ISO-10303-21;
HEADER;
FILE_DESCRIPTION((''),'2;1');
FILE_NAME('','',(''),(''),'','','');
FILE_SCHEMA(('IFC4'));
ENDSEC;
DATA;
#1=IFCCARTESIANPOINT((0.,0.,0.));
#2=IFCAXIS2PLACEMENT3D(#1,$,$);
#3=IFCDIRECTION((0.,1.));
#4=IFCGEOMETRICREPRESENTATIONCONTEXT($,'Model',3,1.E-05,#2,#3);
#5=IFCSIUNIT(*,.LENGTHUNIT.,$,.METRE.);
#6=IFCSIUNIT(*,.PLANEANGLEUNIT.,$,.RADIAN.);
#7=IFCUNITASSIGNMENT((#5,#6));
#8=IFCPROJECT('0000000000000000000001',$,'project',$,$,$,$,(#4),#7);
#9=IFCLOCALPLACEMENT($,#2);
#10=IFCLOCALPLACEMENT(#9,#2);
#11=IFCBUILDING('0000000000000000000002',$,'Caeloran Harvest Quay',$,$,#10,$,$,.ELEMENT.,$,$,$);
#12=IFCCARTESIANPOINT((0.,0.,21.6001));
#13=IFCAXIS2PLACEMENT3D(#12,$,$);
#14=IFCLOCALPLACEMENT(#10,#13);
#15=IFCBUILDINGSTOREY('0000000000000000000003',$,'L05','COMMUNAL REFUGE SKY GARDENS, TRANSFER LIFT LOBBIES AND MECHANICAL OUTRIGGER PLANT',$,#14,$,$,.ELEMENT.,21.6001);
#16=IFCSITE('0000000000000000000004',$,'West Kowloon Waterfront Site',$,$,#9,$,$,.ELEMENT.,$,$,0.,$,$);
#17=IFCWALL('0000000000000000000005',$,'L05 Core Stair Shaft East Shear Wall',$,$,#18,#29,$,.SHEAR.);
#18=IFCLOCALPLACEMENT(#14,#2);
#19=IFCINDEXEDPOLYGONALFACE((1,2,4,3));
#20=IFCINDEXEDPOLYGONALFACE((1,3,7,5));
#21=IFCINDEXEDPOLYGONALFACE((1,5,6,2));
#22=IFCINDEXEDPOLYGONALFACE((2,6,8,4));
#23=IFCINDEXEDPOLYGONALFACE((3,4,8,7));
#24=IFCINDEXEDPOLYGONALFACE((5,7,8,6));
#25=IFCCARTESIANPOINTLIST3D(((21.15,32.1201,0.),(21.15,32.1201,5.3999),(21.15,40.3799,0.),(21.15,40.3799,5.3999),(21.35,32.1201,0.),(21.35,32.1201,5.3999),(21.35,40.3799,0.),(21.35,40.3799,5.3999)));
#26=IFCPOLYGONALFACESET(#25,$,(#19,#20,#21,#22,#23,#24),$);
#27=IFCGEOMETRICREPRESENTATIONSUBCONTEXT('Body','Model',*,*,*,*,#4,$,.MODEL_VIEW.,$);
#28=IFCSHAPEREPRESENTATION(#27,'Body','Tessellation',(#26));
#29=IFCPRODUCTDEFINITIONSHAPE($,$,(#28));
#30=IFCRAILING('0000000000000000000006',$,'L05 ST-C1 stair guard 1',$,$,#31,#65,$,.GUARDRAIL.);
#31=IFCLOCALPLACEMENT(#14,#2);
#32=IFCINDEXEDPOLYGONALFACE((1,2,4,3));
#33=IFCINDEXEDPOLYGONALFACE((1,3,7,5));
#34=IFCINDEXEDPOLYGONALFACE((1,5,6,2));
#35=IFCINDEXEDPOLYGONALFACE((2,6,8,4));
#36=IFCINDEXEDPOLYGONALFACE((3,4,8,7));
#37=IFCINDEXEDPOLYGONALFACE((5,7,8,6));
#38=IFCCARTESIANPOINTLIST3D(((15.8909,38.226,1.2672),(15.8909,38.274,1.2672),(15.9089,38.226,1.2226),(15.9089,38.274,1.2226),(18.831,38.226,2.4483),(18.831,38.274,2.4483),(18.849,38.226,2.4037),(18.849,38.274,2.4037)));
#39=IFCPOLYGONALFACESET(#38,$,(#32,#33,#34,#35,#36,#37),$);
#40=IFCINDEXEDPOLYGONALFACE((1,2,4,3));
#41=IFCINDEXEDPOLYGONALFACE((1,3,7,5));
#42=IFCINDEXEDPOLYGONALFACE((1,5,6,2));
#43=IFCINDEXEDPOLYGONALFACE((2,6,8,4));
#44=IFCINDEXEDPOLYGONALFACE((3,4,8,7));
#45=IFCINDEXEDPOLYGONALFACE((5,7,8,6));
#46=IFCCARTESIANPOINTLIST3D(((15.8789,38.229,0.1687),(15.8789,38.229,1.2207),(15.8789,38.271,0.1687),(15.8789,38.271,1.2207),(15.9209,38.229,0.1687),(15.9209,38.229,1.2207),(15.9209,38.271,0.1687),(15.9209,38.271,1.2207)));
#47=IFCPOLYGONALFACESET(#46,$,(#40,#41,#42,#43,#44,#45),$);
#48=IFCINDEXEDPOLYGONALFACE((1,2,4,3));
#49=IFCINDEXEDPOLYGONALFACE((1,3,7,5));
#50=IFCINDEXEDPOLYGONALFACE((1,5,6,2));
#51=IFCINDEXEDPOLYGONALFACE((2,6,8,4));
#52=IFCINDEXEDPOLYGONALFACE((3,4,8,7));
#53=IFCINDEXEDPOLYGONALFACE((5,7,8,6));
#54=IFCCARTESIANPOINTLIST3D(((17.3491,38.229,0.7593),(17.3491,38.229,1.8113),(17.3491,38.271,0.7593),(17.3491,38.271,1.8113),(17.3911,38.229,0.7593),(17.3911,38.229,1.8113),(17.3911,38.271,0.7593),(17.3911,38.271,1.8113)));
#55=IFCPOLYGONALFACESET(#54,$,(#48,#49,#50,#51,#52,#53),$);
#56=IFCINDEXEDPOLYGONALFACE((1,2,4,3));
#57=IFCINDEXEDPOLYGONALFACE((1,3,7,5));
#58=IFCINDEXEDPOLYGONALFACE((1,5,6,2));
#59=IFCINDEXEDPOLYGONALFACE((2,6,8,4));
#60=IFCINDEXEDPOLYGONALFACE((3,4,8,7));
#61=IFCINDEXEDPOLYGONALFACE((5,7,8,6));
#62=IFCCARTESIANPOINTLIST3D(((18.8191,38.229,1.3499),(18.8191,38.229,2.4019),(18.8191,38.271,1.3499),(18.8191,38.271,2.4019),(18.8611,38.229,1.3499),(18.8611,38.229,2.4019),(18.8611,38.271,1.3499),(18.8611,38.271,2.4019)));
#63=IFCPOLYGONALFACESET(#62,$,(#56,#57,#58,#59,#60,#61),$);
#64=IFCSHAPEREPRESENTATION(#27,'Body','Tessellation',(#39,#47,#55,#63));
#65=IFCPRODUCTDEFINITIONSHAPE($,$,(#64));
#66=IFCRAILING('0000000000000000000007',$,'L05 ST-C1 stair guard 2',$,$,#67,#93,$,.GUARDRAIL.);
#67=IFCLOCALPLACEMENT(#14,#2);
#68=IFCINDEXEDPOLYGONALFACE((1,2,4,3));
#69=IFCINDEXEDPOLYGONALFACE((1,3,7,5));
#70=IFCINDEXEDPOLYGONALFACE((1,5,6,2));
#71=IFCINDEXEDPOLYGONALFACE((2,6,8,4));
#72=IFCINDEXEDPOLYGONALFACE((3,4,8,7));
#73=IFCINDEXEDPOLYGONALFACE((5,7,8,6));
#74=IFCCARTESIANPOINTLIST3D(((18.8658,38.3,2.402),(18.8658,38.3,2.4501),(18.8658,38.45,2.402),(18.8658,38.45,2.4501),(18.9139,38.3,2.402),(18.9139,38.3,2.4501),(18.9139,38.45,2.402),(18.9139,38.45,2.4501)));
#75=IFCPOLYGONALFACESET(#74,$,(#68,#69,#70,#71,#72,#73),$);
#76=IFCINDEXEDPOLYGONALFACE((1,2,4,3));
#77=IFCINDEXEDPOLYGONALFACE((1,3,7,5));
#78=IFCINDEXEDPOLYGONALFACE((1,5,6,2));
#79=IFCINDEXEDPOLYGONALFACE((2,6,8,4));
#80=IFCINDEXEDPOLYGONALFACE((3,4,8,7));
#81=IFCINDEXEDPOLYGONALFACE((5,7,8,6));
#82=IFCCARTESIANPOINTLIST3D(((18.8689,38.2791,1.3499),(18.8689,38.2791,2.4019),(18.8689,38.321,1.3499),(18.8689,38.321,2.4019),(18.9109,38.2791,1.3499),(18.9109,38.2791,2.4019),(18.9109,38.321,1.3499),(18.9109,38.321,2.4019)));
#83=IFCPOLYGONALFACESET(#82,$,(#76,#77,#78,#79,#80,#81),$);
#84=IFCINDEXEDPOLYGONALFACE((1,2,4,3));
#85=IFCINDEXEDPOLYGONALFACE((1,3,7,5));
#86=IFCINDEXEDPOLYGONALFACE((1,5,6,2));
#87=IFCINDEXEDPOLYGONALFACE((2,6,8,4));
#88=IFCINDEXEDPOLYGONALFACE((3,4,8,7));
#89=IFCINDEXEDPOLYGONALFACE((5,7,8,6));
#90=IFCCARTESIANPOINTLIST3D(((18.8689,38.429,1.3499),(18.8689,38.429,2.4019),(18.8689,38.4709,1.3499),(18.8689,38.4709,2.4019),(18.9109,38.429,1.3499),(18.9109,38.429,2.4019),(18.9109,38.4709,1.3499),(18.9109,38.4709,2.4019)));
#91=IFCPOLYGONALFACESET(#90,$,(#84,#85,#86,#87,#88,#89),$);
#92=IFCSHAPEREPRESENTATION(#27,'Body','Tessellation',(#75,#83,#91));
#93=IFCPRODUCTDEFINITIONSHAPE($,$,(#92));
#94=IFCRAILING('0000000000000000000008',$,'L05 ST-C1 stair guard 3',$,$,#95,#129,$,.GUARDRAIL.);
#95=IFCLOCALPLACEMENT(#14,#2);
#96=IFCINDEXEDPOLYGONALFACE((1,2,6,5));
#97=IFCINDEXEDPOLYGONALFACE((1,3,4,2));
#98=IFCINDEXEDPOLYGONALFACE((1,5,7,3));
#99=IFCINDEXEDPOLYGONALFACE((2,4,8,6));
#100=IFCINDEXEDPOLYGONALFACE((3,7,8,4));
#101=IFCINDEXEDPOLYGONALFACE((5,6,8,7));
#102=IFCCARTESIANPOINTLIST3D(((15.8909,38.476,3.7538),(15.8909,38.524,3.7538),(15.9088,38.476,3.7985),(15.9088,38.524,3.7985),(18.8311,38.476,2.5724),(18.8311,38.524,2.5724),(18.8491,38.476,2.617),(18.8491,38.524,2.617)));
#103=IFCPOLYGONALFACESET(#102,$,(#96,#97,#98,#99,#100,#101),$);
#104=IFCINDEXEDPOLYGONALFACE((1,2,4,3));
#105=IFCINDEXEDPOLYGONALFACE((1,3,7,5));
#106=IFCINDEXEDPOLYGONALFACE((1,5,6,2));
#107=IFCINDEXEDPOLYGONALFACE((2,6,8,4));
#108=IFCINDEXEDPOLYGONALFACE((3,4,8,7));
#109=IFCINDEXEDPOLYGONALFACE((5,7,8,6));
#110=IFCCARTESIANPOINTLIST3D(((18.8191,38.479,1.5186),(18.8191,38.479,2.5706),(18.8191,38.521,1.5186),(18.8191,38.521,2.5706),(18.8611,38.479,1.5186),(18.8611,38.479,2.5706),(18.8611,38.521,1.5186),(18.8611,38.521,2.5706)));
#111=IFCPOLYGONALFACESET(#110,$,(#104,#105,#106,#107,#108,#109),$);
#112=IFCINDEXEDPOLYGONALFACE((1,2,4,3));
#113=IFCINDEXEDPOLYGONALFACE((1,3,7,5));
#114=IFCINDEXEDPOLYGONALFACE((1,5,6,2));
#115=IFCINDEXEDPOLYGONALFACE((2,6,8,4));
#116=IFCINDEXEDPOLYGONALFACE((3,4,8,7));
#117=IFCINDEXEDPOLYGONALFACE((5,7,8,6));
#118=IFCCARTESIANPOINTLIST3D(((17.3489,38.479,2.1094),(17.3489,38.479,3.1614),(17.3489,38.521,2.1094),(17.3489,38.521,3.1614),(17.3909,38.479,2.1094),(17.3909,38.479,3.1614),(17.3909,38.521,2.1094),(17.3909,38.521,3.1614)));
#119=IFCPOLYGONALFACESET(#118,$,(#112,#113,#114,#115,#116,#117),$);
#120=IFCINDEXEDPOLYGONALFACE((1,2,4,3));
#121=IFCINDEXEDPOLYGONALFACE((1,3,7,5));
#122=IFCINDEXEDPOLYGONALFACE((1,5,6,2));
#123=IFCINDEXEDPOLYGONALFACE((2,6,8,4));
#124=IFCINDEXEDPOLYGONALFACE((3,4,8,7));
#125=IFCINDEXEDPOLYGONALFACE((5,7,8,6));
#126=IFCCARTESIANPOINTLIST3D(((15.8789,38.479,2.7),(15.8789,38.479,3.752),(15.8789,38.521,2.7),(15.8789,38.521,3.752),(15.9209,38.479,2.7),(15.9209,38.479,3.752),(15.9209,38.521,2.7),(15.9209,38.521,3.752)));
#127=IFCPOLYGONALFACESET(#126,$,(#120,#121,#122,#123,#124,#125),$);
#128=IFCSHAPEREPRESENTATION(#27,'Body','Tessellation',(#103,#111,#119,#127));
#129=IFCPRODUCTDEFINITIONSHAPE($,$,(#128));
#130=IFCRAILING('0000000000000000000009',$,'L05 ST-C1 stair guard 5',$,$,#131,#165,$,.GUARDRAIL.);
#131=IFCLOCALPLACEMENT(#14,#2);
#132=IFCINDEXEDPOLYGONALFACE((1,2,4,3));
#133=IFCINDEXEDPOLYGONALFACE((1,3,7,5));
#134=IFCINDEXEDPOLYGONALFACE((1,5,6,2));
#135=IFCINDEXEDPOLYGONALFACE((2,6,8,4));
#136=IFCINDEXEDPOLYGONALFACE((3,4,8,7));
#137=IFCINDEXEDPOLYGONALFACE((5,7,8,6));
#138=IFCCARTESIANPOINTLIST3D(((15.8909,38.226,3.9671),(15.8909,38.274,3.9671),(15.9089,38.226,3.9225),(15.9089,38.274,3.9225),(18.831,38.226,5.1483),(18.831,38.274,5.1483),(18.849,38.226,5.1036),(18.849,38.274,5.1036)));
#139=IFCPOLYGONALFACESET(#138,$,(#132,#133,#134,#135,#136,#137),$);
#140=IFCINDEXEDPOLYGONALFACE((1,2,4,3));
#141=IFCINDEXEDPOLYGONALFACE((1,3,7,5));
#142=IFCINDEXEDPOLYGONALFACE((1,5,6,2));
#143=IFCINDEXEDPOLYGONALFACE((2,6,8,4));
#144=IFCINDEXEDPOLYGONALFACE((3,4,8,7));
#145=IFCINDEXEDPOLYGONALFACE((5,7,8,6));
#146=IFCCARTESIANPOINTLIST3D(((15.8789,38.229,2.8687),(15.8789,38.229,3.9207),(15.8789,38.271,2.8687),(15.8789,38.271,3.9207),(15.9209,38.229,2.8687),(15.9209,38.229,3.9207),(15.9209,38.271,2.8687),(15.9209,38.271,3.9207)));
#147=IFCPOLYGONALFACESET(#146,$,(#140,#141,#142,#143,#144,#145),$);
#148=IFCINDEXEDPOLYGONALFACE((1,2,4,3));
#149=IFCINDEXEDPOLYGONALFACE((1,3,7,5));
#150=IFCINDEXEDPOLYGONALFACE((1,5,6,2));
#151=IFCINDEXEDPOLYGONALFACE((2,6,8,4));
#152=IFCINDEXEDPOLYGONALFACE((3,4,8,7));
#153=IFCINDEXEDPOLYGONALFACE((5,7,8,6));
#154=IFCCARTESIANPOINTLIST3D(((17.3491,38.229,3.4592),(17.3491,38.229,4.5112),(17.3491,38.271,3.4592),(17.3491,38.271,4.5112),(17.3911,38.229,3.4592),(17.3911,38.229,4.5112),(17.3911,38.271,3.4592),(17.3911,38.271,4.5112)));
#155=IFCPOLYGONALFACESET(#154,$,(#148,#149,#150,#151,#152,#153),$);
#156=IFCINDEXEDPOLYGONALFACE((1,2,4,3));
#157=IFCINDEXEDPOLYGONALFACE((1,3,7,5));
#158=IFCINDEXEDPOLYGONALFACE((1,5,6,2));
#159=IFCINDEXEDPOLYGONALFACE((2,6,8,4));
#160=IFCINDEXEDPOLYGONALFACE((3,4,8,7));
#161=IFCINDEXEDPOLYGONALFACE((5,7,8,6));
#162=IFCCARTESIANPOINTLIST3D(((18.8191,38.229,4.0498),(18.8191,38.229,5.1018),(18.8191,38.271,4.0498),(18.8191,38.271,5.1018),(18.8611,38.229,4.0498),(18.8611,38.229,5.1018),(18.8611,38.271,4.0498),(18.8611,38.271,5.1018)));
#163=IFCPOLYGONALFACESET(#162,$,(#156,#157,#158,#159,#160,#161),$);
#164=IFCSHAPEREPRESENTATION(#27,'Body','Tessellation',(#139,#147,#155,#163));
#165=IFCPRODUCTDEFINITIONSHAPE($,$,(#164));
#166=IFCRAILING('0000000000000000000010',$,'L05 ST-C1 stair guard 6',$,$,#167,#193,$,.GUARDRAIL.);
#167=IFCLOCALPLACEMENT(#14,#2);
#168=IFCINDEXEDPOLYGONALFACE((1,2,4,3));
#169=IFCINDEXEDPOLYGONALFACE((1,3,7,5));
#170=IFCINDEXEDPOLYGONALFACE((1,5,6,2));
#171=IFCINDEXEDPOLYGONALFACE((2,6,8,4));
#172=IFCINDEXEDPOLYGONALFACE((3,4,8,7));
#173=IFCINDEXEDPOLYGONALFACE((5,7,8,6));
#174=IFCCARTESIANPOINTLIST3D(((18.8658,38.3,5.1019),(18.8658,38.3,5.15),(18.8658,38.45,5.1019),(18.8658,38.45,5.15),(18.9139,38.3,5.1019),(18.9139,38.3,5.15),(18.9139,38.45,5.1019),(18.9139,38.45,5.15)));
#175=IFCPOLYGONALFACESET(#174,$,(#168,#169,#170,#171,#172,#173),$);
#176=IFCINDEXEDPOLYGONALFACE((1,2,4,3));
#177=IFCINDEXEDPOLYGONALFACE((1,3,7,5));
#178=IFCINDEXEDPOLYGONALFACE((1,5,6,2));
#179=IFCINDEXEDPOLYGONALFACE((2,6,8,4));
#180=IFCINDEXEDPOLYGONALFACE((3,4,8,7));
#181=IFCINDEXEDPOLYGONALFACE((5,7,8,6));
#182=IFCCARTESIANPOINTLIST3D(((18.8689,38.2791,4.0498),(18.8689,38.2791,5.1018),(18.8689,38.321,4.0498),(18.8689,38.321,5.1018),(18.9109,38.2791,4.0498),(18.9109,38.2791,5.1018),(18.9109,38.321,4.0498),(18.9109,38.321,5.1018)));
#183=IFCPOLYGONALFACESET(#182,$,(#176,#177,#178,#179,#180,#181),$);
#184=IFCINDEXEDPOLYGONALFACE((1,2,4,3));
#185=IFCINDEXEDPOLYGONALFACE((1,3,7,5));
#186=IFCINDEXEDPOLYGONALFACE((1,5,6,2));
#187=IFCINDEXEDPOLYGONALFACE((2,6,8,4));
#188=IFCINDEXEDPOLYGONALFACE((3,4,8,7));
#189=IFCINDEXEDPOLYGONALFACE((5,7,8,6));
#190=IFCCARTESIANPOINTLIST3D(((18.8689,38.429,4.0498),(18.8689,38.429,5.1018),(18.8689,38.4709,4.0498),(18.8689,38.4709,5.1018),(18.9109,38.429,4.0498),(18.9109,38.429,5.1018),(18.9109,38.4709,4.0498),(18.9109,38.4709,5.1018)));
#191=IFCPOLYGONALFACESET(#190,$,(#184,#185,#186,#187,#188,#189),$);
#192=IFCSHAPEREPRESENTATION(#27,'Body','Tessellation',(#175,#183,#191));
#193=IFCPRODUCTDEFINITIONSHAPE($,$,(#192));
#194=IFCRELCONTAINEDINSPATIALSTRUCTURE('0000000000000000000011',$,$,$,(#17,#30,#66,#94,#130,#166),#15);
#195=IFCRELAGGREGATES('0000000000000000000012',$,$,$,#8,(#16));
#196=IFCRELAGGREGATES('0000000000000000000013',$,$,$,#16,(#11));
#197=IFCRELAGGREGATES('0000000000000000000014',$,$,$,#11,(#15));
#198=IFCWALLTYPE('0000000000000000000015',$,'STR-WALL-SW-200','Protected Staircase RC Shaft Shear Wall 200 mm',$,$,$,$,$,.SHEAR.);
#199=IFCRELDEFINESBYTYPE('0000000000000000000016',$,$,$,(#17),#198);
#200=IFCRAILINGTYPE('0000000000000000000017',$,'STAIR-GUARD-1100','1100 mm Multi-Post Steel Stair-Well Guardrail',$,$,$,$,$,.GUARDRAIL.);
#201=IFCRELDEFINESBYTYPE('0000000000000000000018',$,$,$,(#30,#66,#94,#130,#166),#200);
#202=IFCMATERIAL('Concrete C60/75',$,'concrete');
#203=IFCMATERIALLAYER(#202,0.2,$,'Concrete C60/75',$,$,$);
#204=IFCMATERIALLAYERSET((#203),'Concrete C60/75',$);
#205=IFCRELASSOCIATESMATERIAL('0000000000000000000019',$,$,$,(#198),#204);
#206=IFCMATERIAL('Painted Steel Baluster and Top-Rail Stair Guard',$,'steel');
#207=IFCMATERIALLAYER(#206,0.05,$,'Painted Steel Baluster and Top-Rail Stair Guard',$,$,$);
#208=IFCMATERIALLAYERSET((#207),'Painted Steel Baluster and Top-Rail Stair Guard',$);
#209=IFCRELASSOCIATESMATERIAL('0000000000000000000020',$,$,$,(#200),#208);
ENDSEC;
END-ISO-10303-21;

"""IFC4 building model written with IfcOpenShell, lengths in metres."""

from ifc_helpers import new_model, si_unit, direction, frame, frame_2d, origin, origin_2d, place, context, subcontext, project, spatial, rectangle, extrude, material, layer, layer_set, type_object, element, save


model = new_model("IFC4")

# Units and contexts
model_context = context("Model", 3, precision=1e-05, world=origin(), true_north=direction((0.0, 1.0)))
body_context = subcontext(model_context, "Body", "Model", "MODEL_VIEW")
ifc_project = project(units=[si_unit("LENGTHUNIT", "METRE"), si_unit("PLANEANGLEUNIT", "RADIAN")], contexts=[model_context])

# Site, building, storey
site_placement = place(None, origin())
site = spatial("IfcSite", under=ifc_project, at=site_placement, Name="West Kowloon Waterfront Site", CompositionType="ELEMENT", RefElevation=0.0)
building_placement = place(site_placement, origin())
building = spatial("IfcBuilding", under=site, at=building_placement, Name="Caeloran Harvest Quay", CompositionType="ELEMENT")
storey_placement = place(building_placement, frame((0.0, 0.0, 21.6001)))
storey = spatial("IfcBuildingStorey", under=building, at=storey_placement, Name="L05", Description="COMMUNAL REFUGE SKY GARDENS, TRANSFER LIFT LOBBIES AND MECHANICAL OUTRIGGER PLANT", CompositionType="ELEMENT", Elevation=21.6001)

# Wall
ifc_material_1 = material(Name="Concrete C60/75", Category="concrete")
ifc_layer_1 = layer(ifc_material_1, 0.2, Name="Concrete C60/75")
ifc_layer_set_1 = layer_set([ifc_layer_1], Name="Concrete C60/75")
wall_type_1 = type_object("IfcWallType", Name="STR-WALL-SW-200", Description="Protected Staircase RC Shaft Shear Wall 200 mm", PredefinedType="SHEAR", material=ifc_layer_set_1)
wall_1_placement = place(storey_placement, frame((21.25, 32.1201, 0.0), z_axis=(0.0, 0.0, 1.0), x_axis=(0.0, 1.0, 0.0)))
element("IfcWall", 1, at=wall_1_placement, inside=storey, type_object=wall_type_1, Name="L05 Core Stair Shaft East Shear Wall", PredefinedType="SHEAR", context=body_context, shape_type="SweptSolid", body=[
    extrude(rectangle(XDim=8.2598, YDim=0.2, at=frame_2d((4.1299, 0.0))), origin(), (0.0, 0.0, 1.0), 5.3999),
])

# Railings
ifc_material_2 = material(Name="Painted Steel Baluster and Top-Rail Stair Guard", Category="steel")
ifc_layer_2 = layer(ifc_material_2, 0.05, Name="Painted Steel Baluster and Top-Rail Stair Guard")
ifc_layer_set_2 = layer_set([ifc_layer_2], Name="Painted Steel Baluster and Top-Rail Stair Guard")
railing_type_1 = type_object("IfcRailingType", Name="STAIR-GUARD-1100", Description="1100 mm Multi-Post Steel Stair-Well Guardrail", PredefinedType="GUARDRAIL", material=ifc_layer_set_2)
railing_1_placement = place(storey_placement, frame((15.8999, 38.25, 0.1687)))
element("IfcRailing", 2, at=railing_1_placement, inside=storey, type_object=railing_type_1, Name="L05 ST-C1 stair guard 1", PredefinedType="GUARDRAIL", context=body_context, shape_type="SweptSolid", body=[
    extrude(rectangle(XDim=0.0481, YDim=0.0481, at=origin_2d()), frame((0.0, 0.0, 1.0762), z_axis=(0.927923, 0.0, 0.372772), x_axis=(0.0, 1.0, 0.0)), (0.0, 0.0, 1.0), 3.1685),
    extrude(rectangle(XDim=0.042, YDim=0.042, at=origin_2d()), origin(), (0.0, 0.0, 1.0), 1.052),
    extrude(rectangle(XDim=0.042, YDim=0.042, at=origin_2d()), frame((1.4702, 0.0, 0.5906)), (0.0, 0.0, 1.0), 1.052),
    extrude(rectangle(XDim=0.042, YDim=0.042, at=origin_2d()), frame((2.9402, 0.0, 1.1812)), (0.0, 0.0, 1.0), 1.052),
])
railing_2_placement = place(storey_placement, frame((18.8899, 38.3, 1.3499)))
element("IfcRailing", 3, at=railing_2_placement, inside=storey, type_object=railing_type_1, Name="L05 ST-C1 stair guard 2", PredefinedType="GUARDRAIL", context=body_context, shape_type="SweptSolid", body=[
    extrude(rectangle(XDim=0.0481, YDim=0.0481, at=origin_2d()), frame((0.0, 0.0, 1.0762), z_axis=(0.0, 1.0, 0.0), x_axis=(-1.0, 0.0, 0.0)), (0.0, 0.0, 1.0), 0.1499),
    extrude(rectangle(XDim=0.042, YDim=0.042, at=origin_2d()), origin(), (0.0, 0.0, 1.0), 1.052),
    extrude(rectangle(XDim=0.042, YDim=0.042, at=origin_2d()), frame((0.0, 0.1499, 0.0)), (0.0, 0.0, 1.0), 1.052),
])
railing_3_placement = place(storey_placement, frame((18.8401, 38.5, 1.5186)))
element("IfcRailing", 4, at=railing_3_placement, inside=storey, type_object=railing_type_1, Name="L05 ST-C1 stair guard 3", PredefinedType="GUARDRAIL", context=body_context, shape_type="SweptSolid", body=[
    extrude(rectangle(XDim=0.0481, YDim=0.0481, at=origin_2d()), frame((0.0, 0.0, 1.0762), z_axis=(-0.927896, 0.0, 0.372838), x_axis=(0.0, -1.0, 0.0)), (0.0, 0.0, 1.0), 3.1687),
    extrude(rectangle(XDim=0.042, YDim=0.042, at=origin_2d()), origin(), (0.0, 0.0, 1.0), 1.052),
    extrude(rectangle(XDim=0.042, YDim=0.042, at=origin_2d()), frame((-1.4702, 0.0, 0.5908)), (0.0, 0.0, 1.0), 1.052),
    extrude(rectangle(XDim=0.042, YDim=0.042, at=origin_2d()), frame((-2.9402, 0.0, 1.1814)), (0.0, 0.0, 1.0), 1.052),
])
railing_4_placement = place(storey_placement, frame((15.8999, 38.25, 2.8687)))
element("IfcRailing", 5, at=railing_4_placement, inside=storey, type_object=railing_type_1, Name="L05 ST-C1 stair guard 5", PredefinedType="GUARDRAIL", context=body_context, shape_type="SweptSolid", body=[
    extrude(rectangle(XDim=0.0481, YDim=0.0481, at=origin_2d()), frame((0.0, 0.0, 1.0762), z_axis=(0.927923, 0.0, 0.372772), x_axis=(0.0, 1.0, 0.0)), (0.0, 0.0, 1.0), 3.1685),
    extrude(rectangle(XDim=0.042, YDim=0.042, at=origin_2d()), origin(), (0.0, 0.0, 1.0), 1.052),
    extrude(rectangle(XDim=0.042, YDim=0.042, at=origin_2d()), frame((1.4702, 0.0, 0.5906)), (0.0, 0.0, 1.0), 1.052),
    extrude(rectangle(XDim=0.042, YDim=0.042, at=origin_2d()), frame((2.9402, 0.0, 1.1812)), (0.0, 0.0, 1.0), 1.052),
])
railing_5_placement = place(storey_placement, frame((18.8899, 38.3, 4.0498)))
element("IfcRailing", 6, at=railing_5_placement, inside=storey, type_object=railing_type_1, Name="L05 ST-C1 stair guard 6", PredefinedType="GUARDRAIL", context=body_context, shape_type="SweptSolid", body=[
    extrude(rectangle(XDim=0.0481, YDim=0.0481, at=origin_2d()), frame((0.0, 0.0, 1.0762), z_axis=(0.0, 1.0, 0.0), x_axis=(-1.0, 0.0, 0.0)), (0.0, 0.0, 1.0), 0.1499),
    extrude(rectangle(XDim=0.042, YDim=0.042, at=origin_2d()), origin(), (0.0, 0.0, 1.0), 1.052),
    extrude(rectangle(XDim=0.042, YDim=0.042, at=origin_2d()), frame((0.0, 0.1499, 0.0)), (0.0, 0.0, 1.0), 1.052),
])

save(model, "model.ifc")
